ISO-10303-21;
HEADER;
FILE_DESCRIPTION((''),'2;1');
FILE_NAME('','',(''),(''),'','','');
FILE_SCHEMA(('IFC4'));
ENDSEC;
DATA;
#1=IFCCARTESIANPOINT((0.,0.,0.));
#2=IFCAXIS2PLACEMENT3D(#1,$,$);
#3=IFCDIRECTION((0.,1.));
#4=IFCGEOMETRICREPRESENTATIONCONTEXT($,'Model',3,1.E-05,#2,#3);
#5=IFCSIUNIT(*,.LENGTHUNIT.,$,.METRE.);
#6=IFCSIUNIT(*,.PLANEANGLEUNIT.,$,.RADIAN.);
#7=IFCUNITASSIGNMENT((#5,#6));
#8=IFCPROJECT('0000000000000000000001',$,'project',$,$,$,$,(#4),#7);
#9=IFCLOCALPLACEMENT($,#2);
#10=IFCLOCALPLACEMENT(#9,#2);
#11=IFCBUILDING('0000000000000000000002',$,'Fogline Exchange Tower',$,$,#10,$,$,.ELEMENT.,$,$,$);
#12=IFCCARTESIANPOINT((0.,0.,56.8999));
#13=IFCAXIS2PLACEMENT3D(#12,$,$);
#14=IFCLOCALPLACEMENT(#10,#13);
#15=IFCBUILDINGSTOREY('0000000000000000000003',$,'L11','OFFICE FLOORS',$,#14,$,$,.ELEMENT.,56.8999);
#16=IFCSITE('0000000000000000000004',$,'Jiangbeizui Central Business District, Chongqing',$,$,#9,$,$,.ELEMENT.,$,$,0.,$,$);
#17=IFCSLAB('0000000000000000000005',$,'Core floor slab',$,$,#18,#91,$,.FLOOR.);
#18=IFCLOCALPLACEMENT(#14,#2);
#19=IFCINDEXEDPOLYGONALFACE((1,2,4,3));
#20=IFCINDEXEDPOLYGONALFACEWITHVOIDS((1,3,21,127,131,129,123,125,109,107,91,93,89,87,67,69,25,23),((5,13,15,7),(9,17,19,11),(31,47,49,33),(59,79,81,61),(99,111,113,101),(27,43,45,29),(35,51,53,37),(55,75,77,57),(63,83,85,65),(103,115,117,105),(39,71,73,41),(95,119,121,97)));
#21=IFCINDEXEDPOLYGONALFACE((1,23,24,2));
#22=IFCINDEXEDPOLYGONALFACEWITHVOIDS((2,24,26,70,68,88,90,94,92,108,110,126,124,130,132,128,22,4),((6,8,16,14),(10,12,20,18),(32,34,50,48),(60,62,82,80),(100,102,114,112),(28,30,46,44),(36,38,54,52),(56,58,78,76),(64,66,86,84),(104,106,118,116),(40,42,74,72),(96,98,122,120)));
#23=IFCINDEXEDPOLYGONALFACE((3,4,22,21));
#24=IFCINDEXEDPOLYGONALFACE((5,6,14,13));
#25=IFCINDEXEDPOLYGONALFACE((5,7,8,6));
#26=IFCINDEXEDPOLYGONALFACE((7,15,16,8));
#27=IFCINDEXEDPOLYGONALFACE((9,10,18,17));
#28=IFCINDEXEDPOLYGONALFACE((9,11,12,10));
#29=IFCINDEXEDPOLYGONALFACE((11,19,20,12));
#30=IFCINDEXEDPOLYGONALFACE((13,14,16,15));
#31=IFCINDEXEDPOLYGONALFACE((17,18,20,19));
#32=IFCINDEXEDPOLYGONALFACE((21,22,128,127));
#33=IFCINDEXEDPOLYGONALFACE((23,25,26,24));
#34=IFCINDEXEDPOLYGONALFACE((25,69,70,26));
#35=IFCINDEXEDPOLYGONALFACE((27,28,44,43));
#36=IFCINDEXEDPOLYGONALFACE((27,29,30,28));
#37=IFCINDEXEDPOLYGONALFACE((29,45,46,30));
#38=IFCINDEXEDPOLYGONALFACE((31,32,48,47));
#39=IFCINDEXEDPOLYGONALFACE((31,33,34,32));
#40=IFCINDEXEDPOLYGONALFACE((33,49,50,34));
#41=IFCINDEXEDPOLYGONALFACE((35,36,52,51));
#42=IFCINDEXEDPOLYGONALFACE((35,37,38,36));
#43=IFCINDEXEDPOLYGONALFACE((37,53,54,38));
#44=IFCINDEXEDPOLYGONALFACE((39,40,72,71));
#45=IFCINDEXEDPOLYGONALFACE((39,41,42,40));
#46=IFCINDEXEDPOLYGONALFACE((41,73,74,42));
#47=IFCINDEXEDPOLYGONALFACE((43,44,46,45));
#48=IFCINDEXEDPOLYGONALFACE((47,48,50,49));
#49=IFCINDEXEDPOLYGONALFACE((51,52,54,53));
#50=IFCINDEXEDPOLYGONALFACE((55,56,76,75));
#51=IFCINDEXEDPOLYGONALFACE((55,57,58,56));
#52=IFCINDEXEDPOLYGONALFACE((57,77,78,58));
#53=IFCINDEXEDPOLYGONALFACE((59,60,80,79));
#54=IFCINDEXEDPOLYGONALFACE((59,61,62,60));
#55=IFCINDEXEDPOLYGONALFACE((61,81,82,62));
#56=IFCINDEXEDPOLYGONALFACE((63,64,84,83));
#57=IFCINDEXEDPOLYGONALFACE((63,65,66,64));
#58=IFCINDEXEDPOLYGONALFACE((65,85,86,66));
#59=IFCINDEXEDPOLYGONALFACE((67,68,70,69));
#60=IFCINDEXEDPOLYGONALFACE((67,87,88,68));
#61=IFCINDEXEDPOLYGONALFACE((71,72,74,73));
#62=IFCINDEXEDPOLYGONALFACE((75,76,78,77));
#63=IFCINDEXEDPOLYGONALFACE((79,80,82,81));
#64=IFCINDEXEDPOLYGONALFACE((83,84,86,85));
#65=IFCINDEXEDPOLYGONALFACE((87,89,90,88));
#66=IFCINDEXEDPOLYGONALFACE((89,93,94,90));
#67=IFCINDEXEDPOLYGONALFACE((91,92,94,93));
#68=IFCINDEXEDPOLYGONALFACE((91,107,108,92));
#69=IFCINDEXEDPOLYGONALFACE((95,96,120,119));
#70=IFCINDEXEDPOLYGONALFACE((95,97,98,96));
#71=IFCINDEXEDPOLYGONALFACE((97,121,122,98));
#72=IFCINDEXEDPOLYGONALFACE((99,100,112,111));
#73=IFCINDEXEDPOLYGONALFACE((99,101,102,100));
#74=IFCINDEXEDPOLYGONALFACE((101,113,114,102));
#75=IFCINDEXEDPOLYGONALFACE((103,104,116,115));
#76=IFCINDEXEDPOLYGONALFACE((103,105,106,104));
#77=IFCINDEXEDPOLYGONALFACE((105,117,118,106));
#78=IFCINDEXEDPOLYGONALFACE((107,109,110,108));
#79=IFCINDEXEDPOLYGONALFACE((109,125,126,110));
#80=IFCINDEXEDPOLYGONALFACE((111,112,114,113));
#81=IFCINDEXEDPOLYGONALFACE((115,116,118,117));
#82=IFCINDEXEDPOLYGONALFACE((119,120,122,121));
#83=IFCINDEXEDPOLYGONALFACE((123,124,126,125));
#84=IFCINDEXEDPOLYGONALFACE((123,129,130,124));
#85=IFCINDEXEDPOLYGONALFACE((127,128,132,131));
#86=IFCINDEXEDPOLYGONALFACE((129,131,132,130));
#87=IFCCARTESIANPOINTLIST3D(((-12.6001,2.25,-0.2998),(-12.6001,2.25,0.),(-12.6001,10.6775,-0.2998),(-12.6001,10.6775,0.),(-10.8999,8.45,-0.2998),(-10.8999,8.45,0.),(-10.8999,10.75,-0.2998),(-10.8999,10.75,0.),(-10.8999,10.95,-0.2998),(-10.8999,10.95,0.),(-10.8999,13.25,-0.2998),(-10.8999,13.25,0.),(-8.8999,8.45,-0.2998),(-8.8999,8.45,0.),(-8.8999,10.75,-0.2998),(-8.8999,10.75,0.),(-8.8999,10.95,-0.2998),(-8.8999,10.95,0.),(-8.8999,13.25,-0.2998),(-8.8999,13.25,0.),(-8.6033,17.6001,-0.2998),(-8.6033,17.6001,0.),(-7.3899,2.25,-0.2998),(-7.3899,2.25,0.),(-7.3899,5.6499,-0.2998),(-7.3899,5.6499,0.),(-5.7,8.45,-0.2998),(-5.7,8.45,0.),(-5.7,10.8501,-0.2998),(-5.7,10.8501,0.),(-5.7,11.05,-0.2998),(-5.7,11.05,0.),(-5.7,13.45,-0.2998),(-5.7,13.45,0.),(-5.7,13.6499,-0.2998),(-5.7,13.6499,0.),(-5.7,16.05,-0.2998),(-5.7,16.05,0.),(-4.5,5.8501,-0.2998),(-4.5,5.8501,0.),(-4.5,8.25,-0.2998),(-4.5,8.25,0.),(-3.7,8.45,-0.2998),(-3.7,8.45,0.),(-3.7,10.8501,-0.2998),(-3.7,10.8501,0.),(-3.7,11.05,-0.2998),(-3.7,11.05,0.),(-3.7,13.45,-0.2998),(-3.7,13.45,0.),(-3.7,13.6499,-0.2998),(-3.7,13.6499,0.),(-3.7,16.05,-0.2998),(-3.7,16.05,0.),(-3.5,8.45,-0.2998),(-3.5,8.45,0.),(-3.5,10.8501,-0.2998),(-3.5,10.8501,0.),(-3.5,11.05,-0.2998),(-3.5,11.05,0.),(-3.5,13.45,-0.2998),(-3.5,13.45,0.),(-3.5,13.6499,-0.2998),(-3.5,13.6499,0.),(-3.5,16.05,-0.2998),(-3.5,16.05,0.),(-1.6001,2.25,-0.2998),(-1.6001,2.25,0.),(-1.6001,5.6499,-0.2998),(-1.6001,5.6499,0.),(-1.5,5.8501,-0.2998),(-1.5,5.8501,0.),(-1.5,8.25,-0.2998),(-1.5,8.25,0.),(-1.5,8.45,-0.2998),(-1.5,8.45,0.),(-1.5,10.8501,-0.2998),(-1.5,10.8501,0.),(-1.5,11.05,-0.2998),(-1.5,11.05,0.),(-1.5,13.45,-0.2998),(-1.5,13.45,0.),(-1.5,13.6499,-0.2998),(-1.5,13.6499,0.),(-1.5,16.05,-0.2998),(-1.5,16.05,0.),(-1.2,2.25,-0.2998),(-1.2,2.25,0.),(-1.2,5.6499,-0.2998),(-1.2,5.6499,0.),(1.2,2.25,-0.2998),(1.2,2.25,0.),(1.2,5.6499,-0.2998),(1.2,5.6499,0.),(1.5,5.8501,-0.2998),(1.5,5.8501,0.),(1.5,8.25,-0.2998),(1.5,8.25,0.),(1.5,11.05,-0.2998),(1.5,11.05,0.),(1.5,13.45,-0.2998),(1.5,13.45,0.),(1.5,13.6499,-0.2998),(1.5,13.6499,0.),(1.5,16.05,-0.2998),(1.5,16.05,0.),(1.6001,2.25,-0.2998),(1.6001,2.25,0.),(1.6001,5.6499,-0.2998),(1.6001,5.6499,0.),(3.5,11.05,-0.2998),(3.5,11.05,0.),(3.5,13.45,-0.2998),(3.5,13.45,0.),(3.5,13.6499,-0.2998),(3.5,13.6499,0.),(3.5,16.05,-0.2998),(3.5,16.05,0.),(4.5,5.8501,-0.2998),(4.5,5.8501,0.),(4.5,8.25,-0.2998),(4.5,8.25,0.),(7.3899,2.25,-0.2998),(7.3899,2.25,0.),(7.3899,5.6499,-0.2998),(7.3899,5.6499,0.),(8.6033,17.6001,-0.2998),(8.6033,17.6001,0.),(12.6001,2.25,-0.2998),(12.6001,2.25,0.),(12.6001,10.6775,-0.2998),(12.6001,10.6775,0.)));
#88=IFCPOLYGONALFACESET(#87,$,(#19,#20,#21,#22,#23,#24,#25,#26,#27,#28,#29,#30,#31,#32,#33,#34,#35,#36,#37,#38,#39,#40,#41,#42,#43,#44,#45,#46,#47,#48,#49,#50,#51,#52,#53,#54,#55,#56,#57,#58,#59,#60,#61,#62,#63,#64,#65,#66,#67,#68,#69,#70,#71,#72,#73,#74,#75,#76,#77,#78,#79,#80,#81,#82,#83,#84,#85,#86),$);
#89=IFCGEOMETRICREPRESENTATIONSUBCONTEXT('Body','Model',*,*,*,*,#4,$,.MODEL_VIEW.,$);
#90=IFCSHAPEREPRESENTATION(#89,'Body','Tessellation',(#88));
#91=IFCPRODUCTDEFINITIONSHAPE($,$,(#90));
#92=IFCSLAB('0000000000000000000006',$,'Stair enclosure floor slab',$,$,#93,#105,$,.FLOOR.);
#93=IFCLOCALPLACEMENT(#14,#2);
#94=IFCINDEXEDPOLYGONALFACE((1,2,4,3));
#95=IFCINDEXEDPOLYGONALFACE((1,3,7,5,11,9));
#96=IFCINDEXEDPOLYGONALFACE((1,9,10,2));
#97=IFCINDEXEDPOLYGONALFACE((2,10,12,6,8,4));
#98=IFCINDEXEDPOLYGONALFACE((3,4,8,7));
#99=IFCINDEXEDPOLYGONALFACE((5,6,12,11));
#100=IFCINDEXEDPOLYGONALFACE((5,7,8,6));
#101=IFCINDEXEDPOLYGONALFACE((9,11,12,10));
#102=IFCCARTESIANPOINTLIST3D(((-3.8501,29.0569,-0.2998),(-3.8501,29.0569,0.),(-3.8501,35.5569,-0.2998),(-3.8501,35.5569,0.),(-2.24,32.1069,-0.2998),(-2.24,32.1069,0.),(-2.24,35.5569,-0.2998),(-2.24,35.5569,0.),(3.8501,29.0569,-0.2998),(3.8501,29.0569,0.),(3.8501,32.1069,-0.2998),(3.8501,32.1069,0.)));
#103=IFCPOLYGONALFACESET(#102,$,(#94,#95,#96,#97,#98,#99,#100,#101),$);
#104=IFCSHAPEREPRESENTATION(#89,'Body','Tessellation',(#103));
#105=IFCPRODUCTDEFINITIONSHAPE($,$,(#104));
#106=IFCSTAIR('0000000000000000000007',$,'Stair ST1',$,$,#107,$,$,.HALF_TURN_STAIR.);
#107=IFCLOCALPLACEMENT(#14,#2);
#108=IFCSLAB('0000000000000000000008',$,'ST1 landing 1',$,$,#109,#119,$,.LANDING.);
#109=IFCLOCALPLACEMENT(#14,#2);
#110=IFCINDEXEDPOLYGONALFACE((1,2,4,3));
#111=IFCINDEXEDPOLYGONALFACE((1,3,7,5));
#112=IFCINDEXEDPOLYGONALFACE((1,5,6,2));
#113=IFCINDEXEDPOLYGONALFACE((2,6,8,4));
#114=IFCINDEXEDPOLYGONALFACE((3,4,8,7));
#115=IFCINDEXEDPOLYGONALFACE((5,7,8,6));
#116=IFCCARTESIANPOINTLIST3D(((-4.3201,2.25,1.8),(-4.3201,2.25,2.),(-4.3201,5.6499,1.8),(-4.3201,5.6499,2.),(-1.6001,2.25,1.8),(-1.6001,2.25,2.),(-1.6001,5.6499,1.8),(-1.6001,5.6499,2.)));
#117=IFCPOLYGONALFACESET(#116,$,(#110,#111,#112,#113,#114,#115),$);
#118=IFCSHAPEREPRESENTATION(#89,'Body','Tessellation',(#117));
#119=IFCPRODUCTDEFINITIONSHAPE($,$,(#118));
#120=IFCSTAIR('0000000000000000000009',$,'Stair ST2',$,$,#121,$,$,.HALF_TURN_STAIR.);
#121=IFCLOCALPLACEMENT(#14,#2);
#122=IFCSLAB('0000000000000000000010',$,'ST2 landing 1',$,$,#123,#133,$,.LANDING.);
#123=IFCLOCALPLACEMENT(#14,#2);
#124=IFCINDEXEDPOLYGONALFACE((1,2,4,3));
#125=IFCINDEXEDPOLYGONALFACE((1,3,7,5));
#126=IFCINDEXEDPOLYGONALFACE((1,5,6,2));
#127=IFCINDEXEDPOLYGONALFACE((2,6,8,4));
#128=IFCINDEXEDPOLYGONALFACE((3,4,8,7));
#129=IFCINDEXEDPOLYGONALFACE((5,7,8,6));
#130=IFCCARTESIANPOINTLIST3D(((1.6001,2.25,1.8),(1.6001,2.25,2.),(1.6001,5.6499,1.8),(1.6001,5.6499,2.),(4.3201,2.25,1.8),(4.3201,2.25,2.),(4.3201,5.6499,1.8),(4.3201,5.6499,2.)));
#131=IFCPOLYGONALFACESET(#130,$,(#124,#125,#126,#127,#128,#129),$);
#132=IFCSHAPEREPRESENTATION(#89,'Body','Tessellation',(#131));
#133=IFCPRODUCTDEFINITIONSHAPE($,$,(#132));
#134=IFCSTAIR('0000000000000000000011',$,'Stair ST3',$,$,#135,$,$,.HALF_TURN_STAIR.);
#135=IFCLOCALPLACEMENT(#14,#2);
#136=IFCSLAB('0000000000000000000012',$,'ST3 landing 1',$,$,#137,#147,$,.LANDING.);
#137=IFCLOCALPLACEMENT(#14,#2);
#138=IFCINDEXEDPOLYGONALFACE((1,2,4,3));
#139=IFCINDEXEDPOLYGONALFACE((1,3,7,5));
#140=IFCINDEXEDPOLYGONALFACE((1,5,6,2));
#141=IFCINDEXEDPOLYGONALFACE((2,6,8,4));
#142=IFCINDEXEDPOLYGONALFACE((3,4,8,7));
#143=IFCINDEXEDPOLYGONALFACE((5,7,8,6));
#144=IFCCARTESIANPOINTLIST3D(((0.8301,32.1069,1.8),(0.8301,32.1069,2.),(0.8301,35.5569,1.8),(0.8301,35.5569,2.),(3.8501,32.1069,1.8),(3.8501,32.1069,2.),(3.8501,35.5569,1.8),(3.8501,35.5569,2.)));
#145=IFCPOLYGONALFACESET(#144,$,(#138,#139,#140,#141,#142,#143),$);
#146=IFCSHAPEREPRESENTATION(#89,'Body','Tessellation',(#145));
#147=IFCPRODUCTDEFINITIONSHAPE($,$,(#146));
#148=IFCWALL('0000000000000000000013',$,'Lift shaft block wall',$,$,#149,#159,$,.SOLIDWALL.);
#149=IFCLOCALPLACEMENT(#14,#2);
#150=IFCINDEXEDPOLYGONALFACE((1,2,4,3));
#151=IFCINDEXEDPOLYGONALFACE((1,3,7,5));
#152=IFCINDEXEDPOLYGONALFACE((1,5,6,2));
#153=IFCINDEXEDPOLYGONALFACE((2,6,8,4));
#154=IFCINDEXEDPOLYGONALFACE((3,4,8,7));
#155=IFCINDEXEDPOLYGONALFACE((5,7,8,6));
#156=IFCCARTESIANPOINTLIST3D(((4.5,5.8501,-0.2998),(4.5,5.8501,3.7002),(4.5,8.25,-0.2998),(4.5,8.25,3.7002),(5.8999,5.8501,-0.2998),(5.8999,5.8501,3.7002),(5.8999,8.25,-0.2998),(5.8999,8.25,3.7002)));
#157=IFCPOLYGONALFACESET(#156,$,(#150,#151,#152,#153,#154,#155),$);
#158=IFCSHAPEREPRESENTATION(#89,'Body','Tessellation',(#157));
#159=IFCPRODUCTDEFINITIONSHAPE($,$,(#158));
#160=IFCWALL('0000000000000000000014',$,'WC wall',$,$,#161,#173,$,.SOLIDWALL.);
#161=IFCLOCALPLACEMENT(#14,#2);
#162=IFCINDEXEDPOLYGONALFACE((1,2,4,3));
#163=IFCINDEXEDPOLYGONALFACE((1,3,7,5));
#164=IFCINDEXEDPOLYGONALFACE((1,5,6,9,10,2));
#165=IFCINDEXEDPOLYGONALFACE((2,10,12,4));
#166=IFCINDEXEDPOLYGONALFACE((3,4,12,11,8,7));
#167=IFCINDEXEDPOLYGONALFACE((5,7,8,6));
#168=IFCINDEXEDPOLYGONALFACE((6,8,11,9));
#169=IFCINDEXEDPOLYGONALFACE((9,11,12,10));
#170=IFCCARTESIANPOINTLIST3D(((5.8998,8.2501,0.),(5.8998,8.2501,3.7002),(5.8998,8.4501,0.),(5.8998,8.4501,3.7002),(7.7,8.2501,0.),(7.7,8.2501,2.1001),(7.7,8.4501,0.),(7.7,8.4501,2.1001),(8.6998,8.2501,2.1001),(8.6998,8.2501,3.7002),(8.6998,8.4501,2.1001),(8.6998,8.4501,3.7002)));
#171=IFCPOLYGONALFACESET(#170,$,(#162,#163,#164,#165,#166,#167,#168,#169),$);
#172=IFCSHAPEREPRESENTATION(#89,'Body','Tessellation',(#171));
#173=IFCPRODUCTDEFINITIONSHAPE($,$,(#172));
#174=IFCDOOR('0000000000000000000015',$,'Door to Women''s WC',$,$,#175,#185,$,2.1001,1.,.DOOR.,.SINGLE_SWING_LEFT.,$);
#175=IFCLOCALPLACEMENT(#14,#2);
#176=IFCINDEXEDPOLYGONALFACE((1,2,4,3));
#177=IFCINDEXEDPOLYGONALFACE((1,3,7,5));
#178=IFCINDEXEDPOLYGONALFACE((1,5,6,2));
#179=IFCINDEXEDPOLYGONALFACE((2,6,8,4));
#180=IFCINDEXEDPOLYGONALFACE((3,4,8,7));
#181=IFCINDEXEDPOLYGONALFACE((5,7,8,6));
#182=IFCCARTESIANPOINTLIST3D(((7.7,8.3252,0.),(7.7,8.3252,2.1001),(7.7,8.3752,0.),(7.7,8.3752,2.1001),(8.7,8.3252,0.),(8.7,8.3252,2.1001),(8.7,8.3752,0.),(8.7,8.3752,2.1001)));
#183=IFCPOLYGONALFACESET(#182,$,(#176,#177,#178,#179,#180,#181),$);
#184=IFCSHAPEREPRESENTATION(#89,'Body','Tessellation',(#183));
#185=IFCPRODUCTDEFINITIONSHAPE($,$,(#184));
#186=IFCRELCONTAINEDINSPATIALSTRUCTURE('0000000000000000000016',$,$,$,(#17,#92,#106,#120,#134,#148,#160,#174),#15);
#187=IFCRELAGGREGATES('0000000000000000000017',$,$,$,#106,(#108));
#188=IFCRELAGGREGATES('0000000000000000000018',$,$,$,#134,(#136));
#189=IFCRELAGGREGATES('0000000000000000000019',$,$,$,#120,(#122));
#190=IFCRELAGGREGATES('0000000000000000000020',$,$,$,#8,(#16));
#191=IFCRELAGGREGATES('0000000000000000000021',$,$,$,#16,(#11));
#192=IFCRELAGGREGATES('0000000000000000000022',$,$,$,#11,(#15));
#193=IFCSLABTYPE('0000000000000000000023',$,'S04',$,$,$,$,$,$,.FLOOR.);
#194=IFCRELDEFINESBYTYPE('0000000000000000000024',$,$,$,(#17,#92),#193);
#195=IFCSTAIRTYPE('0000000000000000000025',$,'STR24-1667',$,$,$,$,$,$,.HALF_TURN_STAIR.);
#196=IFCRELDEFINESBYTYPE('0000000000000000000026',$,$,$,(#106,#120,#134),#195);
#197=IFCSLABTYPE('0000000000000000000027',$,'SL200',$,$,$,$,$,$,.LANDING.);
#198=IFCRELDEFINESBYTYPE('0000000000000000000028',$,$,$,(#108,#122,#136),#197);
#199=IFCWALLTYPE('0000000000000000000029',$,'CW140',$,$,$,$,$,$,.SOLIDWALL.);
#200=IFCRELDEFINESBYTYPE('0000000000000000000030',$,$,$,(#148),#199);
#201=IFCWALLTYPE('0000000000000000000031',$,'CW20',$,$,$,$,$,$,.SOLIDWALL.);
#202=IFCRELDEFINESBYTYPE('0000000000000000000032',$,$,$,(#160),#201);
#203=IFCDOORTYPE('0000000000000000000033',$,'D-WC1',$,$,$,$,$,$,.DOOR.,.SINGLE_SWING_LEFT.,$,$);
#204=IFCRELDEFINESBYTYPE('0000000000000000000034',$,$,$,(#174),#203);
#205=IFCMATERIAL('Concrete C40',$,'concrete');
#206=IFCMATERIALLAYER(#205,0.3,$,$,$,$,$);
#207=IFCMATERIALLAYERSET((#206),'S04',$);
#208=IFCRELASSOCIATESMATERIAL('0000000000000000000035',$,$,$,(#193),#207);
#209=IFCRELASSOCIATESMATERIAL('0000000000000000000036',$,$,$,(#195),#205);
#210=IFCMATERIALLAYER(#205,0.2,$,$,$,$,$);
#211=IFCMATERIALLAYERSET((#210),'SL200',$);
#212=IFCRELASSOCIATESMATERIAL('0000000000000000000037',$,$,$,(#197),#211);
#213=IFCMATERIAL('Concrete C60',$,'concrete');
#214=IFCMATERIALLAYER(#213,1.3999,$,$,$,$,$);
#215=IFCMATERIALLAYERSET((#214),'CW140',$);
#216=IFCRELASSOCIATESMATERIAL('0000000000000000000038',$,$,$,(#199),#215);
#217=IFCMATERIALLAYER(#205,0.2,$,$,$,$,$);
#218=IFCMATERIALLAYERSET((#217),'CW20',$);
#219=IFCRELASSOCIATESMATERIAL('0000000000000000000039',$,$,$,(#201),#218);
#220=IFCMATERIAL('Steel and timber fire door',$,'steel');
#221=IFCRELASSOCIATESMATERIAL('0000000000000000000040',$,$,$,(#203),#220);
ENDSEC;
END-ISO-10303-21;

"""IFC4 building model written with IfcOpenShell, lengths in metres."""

from ifc_helpers import new_model, si_unit, direction, frame, frame_2d, origin, place, context, subcontext, project, spatial, polyline, rectangle, outline, extrude, material, layer, layer_set, type_object, element, fill, aggregate, save


model = new_model("IFC4")

# Units and contexts
model_context = context("Model", 3, precision=1e-05, world=origin(), true_north=direction((0.0, 1.0)))
body_context = subcontext(model_context, "Body", "Model", "MODEL_VIEW")
ifc_project = project(units=[si_unit("LENGTHUNIT", "METRE"), si_unit("PLANEANGLEUNIT", "RADIAN")], contexts=[model_context])

# Site, building, storey
site_placement = place(None, origin())
site = spatial("IfcSite", under=ifc_project, at=site_placement, Name="Jiangbeizui Central Business District, Chongqing", CompositionType="ELEMENT", RefElevation=0.0)
building_placement = place(site_placement, origin())
building = spatial("IfcBuilding", under=site, at=building_placement, Name="Fogline Exchange Tower", CompositionType="ELEMENT")
storey_placement = place(building_placement, frame((0.0, 0.0, 56.8999)))
storey = spatial("IfcBuildingStorey", under=building, at=storey_placement, Name="L11", Description="OFFICE FLOORS", CompositionType="ELEMENT", Elevation=56.8999)

# Slabs
ifc_material_1 = material(Name="Concrete C40", Category="concrete")
ifc_layer_1 = layer(ifc_material_1, 0.3)
ifc_layer_set_1 = layer_set([ifc_layer_1], Name="S04")
slab_type_1 = type_object("IfcSlabType", Name="S04", PredefinedType="FLOOR", material=ifc_layer_set_1)
slab_1_placement = place(storey_placement, frame((0.0, 0.0, -0.2998)))
element("IfcSlab", 1, at=slab_1_placement, inside=storey, type_object=slab_type_1, Name="Core floor slab", PredefinedType="FLOOR", context=body_context, shape_type="SweptSolid", body=[
    extrude(outline(polyline([(-12.6001, 2.25), (-12.6001, 10.6775), (-8.6033, 17.6001), (8.6033, 17.6001), (12.6001, 10.6775), (12.6001, 2.25), (7.3899, 2.25), (7.3899, 5.6499), (1.6001, 5.6499), (1.6001, 2.25), (1.2, 2.25), (1.2, 5.6499), (-1.2, 5.6499), (-1.2, 2.25), (-1.6001, 2.25), (-1.6001, 5.6499), (-7.3899, 5.6499), (-7.3899, 2.25), (-12.6001, 2.25)]), holes=[polyline([(-1.5, 8.25), (-4.5, 8.25), (-4.5, 5.8501), (-1.5, 5.8501), (-1.5, 8.25)]), polyline([(-8.8999, 10.75), (-10.8999, 10.75), (-10.8999, 8.45), (-8.8999, 8.45), (-8.8999, 10.75)]), polyline([(-3.7, 10.8501), (-5.7, 10.8501), (-5.7, 8.45), (-3.7, 8.45), (-3.7, 10.8501)]), polyline([(-1.5, 10.8501), (-3.5, 10.8501), (-3.5, 8.45), (-1.5, 8.45), (-1.5, 10.8501)]), polyline([(-8.8999, 13.25), (-10.8999, 13.25), (-10.8999, 10.95), (-8.8999, 10.95), (-8.8999, 13.25)]), polyline([(-3.7, 13.45), (-5.7, 13.45), (-5.7, 11.05), (-3.7, 11.05), (-3.7, 13.45)]), polyline([(-3.7, 16.05), (-5.7, 16.05), (-5.7, 13.6499), (-3.7, 13.6499), (-3.7, 16.05)]), polyline([(4.5, 8.25), (1.5, 8.25), (1.5, 5.8501), (4.5, 5.8501), (4.5, 8.25)]), polyline([(-1.5, 13.45), (-3.5, 13.45), (-3.5, 11.05), (-1.5, 11.05), (-1.5, 13.45)]), polyline([(3.5, 13.45), (1.5, 13.45), (1.5, 11.05), (3.5, 11.05), (3.5, 13.45)]), polyline([(-1.5, 16.05), (-3.5, 16.05), (-3.5, 13.6499), (-1.5, 13.6499), (-1.5, 16.05)]), polyline([(3.5, 16.05), (1.5, 16.05), (1.5, 13.6499), (3.5, 13.6499), (3.5, 16.05)])]), origin(), (0.0, 0.0, 1.0), 0.2998),
])
slab_2_placement = place(storey_placement, frame((0.0, 0.0, -0.2998)))
element("IfcSlab", 2, at=slab_2_placement, inside=storey, type_object=slab_type_1, Name="Stair enclosure floor slab", PredefinedType="FLOOR", context=body_context, shape_type="SweptSolid", body=[
    extrude(outline(polyline([(3.8501, 29.0569), (-3.8501, 29.0569), (-3.8501, 35.5569), (-2.24, 35.5569), (-2.24, 32.1069), (3.8501, 32.1069), (3.8501, 29.0569)])), origin(), (0.0, 0.0, 1.0), 0.2998),
])

# Stairs, slabs
stair_type = type_object("IfcStairType", Name="STR24-1667", PredefinedType="HALF_TURN_STAIR", material=ifc_material_1)
stair_1_placement = place(storey_placement, origin())
stair_1 = element("IfcStair", 3, at=stair_1_placement, inside=storey, type_object=stair_type, Name="Stair ST1", PredefinedType="HALF_TURN_STAIR")
ifc_layer_2 = layer(ifc_material_1, 0.2)
ifc_layer_set_2 = layer_set([ifc_layer_2], Name="SL200")
slab_type_2 = type_object("IfcSlabType", Name="SL200", PredefinedType="LANDING", material=ifc_layer_set_2)
slab_3_placement = place(storey_placement, frame((0.0, 0.0, 1.8)))
slab_3 = element("IfcSlab", 4, at=slab_3_placement, type_object=slab_type_2, Name="ST1 landing 1", PredefinedType="LANDING", context=body_context, shape_type="SweptSolid", body=[
    extrude(outline(polyline([(-4.3201, 2.25), (-1.6001, 2.25), (-1.6001, 5.6499), (-4.3201, 5.6499), (-4.3201, 2.25)])), origin(), (0.0, 0.0, 1.0), 0.2),
])
aggregate(stair_1, [slab_3])
stair_2_placement = place(storey_placement, origin())
stair_2 = element("IfcStair", 5, at=stair_2_placement, inside=storey, type_object=stair_type, Name="Stair ST2", PredefinedType="HALF_TURN_STAIR")
slab_4_placement = place(storey_placement, frame((0.0, 0.0, 1.8)))
slab_4 = element("IfcSlab", 6, at=slab_4_placement, type_object=slab_type_2, Name="ST2 landing 1", PredefinedType="LANDING", context=body_context, shape_type="SweptSolid", body=[
    extrude(outline(polyline([(1.6001, 2.25), (4.3201, 2.25), (4.3201, 5.6499), (1.6001, 5.6499), (1.6001, 2.25)])), origin(), (0.0, 0.0, 1.0), 0.2),
])
stair_3_placement = place(storey_placement, origin())
stair_3 = element("IfcStair", 7, at=stair_3_placement, inside=storey, type_object=stair_type, Name="Stair ST3", PredefinedType="HALF_TURN_STAIR")
slab_5_placement = place(storey_placement, frame((0.0, 0.0, 1.8)))
slab_5 = element("IfcSlab", 8, at=slab_5_placement, type_object=slab_type_2, Name="ST3 landing 1", PredefinedType="LANDING", context=body_context, shape_type="SweptSolid", body=[
    extrude(outline(polyline([(0.8301, 32.1069), (3.8501, 32.1069), (3.8501, 35.5569), (0.8301, 35.5569), (0.8301, 32.1069)])), origin(), (0.0, 0.0, 1.0), 0.2),
])
aggregate(stair_3, [slab_5])

# Wall
ifc_material_2 = material(Name="Concrete C60", Category="concrete")
ifc_layer_3 = layer(ifc_material_2, 1.3999)
ifc_layer_set_3 = layer_set([ifc_layer_3], Name="CW140")
wall_type_1 = type_object("IfcWallType", Name="CW140", PredefinedType="SOLIDWALL", material=ifc_layer_set_3)
wall_1_placement = place(storey_placement, frame((5.2, 5.8501, -0.2998), z_axis=(0.0, 0.0, 1.0), x_axis=(0.0, 1.0, 0.0)))
element("IfcWall", 9, at=wall_1_placement, inside=storey, type_object=wall_type_1, Name="Lift shaft block wall", PredefinedType="SOLIDWALL", context=body_context, shape_type="SweptSolid", body=[
    extrude(rectangle(XDim=2.3999, YDim=1.3999, at=frame_2d((1.2, 0.0))), origin(), (0.0, 0.0, 1.0), 4.0),
])

# Wall, opening, door
ifc_layer_4 = layer(ifc_material_1, 0.2)
ifc_layer_set_4 = layer_set([ifc_layer_4], Name="CW20")
wall_type_2 = type_object("IfcWallType", Name="CW20", PredefinedType="SOLIDWALL", material=ifc_layer_set_4)
wall_2_placement = place(storey_placement, frame((5.8999, 8.3501, 0.0), z_axis=(0.0, 0.0, 1.0), x_axis=(1.0, 0.0, 0.0)))
wall_2 = element("IfcWall", 10, at=wall_2_placement, inside=storey, type_object=wall_type_2, Name="WC wall", PredefinedType="SOLIDWALL", context=body_context, shape_type="SweptSolid", body=[
    extrude(rectangle(XDim=2.8, YDim=0.2, at=frame_2d((1.3999, 0.0))), origin(), (0.0, 0.0, 1.0), 3.7002),
])
opening_1_placement = place(wall_2_placement, frame((1.8, 0.0, 0.0)))
opening_1 = element("IfcOpeningElement", 11, at=opening_1_placement, cuts=wall_2, PredefinedType="OPENING", context=body_context, shape_type="SweptSolid", body=[
    extrude(rectangle(XDim=1.0, YDim=2.1001, at=frame_2d((0.5, 1.05))), frame((0.0, 0.1099, 0.0), z_axis=(0.0, -1.0, 0.0), x_axis=(1.0, 0.0, 0.0)), (0.0, 0.0, 1.0), 0.22),
])
ifc_material_3 = material(Name="Steel and timber fire door", Category="steel")
door_type_1 = type_object("IfcDoorType", Name="D-WC1", OperationType="SINGLE_SWING_LEFT", PredefinedType="DOOR", material=ifc_material_3)
door_1_placement = place(opening_1_placement, frame((1.0, 0.0, 0.0), z_axis=(0.0, 0.0, 1.0), x_axis=(-1.0, 0.0, 0.0)))
door_1 = element("IfcDoor", 12, at=door_1_placement, inside=storey, type_object=door_type_1, Name="Door to Women's WC", OperationType="SINGLE_SWING_LEFT", OverallHeight=2.1001, OverallWidth=1.0, PredefinedType="DOOR", context=body_context, shape_type="SweptSolid", body=[
    extrude(rectangle(XDim=1.0, YDim=2.1001, at=frame_2d((0.5, 1.05))), frame((0.0, 0.0249, 0.0), z_axis=(0.0, -1.0, 0.0), x_axis=(1.0, 0.0, 0.0)), (0.0, 0.0, 1.0), 0.05),
])
fill(opening_1, door_1)

aggregate(stair_2, [slab_4])

save(model, "model.ifc")
